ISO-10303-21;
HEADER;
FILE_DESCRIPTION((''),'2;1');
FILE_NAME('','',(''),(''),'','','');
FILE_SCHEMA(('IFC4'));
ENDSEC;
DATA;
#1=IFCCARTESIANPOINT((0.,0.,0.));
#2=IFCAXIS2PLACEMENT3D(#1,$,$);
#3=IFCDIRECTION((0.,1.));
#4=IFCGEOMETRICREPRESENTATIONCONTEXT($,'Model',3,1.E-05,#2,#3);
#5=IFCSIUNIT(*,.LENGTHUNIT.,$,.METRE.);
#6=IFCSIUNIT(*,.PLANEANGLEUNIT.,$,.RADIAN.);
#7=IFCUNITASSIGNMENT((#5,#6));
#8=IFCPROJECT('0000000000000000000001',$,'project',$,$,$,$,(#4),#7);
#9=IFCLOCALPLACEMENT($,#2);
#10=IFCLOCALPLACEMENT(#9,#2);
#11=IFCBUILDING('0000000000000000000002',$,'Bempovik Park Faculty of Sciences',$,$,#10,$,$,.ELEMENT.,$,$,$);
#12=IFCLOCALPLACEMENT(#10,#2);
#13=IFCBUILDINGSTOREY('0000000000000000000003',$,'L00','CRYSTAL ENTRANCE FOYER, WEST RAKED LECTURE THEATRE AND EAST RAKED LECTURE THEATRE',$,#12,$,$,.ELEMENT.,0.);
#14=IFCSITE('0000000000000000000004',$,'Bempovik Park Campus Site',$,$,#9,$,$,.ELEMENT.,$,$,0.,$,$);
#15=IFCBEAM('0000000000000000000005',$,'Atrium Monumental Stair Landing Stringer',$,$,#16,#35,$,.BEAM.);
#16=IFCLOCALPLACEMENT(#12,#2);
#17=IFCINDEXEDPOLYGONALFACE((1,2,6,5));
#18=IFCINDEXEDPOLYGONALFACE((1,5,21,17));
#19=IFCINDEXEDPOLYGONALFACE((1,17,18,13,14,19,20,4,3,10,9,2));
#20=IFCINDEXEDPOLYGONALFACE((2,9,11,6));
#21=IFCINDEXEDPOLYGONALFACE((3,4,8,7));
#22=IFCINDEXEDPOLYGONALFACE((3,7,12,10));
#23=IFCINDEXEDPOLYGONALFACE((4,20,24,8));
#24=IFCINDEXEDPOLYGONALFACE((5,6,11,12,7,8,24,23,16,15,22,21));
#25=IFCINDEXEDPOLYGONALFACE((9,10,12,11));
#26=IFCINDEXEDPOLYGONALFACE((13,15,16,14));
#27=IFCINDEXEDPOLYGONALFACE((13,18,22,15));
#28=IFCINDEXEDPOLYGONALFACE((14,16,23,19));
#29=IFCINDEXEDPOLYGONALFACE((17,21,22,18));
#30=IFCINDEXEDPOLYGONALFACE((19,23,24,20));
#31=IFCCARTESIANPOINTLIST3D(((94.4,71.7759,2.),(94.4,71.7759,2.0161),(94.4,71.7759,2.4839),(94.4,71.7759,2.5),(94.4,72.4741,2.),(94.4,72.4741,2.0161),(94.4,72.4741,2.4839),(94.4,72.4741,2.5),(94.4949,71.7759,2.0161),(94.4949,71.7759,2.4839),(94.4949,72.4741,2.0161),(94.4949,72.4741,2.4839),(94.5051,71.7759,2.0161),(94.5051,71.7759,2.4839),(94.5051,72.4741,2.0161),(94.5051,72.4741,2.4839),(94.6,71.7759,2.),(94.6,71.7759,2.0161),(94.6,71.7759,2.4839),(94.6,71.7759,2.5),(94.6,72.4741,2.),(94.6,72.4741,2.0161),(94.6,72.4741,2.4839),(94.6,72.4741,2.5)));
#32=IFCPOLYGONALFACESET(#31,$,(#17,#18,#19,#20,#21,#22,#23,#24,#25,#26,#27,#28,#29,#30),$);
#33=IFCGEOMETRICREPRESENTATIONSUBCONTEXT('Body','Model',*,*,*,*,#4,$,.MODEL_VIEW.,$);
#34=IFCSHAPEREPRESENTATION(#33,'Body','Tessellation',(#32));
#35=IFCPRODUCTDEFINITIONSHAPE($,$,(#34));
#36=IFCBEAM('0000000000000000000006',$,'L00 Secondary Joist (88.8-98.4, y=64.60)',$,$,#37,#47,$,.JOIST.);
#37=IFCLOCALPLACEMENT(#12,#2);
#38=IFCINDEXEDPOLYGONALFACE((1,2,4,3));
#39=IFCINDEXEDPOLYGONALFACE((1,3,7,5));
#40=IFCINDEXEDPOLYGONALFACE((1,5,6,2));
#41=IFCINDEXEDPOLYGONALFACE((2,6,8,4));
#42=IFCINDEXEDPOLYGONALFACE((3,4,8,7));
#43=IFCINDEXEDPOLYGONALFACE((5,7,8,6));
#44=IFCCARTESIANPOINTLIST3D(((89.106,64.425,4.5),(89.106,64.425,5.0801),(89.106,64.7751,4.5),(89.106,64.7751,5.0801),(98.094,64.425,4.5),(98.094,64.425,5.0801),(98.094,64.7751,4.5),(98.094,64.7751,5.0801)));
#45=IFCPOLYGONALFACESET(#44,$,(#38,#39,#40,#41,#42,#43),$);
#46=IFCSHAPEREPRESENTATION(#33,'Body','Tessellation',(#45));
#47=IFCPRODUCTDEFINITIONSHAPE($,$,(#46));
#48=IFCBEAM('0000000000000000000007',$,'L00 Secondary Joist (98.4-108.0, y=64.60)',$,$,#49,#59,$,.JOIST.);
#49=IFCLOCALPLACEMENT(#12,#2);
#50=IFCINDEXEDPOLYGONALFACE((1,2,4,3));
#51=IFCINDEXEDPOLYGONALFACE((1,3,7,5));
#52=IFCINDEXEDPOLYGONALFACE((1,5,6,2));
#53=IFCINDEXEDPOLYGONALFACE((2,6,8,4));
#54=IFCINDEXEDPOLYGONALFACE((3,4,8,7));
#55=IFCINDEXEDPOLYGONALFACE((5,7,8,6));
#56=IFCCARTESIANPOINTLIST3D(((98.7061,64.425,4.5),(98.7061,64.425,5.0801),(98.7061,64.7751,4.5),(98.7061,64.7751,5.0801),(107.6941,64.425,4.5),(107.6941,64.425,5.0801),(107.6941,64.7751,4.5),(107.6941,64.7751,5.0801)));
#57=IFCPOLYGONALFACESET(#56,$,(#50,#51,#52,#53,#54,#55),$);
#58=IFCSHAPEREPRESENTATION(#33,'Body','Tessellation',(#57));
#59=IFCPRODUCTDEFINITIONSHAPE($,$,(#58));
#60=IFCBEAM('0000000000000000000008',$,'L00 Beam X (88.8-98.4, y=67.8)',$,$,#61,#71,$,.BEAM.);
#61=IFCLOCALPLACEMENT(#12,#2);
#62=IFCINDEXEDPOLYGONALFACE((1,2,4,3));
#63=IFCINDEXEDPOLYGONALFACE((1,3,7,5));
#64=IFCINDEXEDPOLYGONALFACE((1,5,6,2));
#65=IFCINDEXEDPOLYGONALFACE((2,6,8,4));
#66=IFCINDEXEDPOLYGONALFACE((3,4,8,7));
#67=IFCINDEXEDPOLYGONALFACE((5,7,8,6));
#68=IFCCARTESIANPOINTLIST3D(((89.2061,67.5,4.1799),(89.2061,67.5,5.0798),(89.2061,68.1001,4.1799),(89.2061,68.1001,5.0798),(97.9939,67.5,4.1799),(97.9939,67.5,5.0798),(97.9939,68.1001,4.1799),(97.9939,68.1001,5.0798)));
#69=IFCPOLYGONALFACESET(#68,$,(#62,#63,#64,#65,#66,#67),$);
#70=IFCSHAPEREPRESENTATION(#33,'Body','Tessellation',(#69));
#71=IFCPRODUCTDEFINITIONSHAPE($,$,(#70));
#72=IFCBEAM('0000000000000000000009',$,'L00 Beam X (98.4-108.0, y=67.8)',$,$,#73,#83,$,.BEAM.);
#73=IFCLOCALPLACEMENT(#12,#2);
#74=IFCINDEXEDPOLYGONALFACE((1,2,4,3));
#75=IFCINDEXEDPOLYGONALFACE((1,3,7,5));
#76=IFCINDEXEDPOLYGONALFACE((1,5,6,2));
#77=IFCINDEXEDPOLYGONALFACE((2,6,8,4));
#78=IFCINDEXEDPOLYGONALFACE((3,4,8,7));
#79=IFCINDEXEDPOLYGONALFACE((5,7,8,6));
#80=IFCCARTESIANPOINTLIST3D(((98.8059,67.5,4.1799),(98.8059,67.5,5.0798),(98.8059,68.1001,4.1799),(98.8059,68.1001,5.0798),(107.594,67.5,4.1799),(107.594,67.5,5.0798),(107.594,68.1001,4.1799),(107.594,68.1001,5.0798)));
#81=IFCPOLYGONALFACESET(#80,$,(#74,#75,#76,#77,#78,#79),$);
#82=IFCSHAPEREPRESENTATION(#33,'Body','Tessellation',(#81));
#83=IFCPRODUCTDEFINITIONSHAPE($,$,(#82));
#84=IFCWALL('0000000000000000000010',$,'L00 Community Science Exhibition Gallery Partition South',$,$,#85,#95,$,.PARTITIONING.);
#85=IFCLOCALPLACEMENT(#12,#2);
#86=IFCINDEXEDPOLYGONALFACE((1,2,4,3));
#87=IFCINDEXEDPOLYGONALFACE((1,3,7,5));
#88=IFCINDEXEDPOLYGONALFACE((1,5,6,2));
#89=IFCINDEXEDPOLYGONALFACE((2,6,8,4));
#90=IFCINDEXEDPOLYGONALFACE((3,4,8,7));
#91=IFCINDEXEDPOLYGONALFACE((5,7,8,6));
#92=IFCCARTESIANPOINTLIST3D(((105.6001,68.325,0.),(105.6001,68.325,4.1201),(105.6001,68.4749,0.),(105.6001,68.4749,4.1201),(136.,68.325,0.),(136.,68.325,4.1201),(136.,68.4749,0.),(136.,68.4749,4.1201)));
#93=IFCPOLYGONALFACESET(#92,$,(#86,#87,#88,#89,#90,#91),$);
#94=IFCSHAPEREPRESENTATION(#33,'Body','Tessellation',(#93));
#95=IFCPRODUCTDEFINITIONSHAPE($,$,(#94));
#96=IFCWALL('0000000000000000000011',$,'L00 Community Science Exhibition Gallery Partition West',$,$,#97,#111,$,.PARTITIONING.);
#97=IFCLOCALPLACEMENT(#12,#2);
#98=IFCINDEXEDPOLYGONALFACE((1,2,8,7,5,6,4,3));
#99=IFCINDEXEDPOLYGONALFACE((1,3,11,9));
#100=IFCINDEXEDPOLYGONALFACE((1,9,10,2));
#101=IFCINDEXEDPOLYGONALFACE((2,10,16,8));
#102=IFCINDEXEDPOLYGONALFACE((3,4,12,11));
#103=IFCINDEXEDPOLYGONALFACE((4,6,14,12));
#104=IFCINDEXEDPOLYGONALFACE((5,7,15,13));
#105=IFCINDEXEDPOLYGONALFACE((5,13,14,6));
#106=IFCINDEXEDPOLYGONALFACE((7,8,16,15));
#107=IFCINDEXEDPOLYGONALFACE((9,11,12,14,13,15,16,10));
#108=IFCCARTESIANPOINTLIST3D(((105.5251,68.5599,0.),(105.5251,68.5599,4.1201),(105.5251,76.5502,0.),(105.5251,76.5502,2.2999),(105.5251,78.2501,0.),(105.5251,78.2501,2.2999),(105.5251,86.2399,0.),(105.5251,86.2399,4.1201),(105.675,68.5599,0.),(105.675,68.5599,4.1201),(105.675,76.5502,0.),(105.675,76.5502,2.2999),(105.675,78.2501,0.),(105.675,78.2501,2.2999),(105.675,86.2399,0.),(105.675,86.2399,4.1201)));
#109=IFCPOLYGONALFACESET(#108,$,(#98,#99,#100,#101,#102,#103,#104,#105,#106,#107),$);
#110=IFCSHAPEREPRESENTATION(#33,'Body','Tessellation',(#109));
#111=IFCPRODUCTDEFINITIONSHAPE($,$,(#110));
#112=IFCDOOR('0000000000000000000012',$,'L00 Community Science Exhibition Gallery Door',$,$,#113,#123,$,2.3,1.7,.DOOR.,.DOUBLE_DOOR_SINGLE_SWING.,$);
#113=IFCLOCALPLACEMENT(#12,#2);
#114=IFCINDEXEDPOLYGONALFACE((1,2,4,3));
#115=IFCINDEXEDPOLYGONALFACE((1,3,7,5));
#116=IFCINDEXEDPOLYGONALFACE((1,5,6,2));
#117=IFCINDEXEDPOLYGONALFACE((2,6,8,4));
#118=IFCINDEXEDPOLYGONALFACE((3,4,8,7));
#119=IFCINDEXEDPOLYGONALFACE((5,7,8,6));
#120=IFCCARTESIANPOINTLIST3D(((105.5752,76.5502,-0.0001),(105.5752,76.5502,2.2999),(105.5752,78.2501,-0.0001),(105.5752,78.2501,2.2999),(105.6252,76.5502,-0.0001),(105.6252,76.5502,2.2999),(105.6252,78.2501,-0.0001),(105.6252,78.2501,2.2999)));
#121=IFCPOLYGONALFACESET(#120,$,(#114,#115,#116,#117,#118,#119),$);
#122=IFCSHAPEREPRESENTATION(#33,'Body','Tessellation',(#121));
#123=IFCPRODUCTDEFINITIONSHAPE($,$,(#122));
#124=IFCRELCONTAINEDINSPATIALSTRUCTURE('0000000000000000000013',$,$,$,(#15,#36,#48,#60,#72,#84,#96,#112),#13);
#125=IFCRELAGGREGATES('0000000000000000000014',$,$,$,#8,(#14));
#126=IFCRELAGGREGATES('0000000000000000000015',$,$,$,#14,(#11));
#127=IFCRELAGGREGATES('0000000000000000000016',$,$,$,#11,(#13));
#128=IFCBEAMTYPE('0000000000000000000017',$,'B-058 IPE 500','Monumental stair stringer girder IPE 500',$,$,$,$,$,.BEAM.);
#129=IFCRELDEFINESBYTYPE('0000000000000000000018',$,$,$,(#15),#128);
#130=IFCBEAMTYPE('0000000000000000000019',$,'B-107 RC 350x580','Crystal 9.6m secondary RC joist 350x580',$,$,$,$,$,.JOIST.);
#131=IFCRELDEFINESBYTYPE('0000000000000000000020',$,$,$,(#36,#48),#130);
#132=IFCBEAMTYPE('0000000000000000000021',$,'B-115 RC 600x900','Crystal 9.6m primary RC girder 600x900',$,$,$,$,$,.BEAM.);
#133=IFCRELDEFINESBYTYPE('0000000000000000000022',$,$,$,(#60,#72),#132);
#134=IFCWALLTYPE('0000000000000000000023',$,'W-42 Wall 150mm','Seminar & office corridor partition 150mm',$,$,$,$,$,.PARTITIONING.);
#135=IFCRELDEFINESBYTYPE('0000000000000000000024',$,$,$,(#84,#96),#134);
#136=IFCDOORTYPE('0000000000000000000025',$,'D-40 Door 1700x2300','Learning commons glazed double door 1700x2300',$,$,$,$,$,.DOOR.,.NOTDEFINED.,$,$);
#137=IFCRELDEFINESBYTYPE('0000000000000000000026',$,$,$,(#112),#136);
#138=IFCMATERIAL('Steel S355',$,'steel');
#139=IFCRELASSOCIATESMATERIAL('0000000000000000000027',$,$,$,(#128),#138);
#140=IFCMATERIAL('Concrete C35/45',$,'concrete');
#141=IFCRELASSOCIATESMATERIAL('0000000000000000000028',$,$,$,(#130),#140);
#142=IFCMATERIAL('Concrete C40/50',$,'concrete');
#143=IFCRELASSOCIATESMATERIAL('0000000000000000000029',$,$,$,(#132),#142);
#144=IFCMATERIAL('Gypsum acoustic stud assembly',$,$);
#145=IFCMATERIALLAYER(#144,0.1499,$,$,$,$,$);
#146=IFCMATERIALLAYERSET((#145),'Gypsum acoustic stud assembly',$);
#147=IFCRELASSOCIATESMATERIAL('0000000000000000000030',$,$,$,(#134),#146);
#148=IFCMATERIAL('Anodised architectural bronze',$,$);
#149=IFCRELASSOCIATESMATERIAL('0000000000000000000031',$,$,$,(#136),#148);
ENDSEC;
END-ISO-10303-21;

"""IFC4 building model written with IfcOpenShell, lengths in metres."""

from ifc_helpers import new_model, si_unit, direction, frame, frame_2d, origin, origin_2d, place, context, subcontext, project, spatial, rectangle, i_section, extrude, material, layer, layer_set, material_profile, profile_set, type_object, element, fill, save


model = new_model("IFC4")

# Units and contexts
model_context = context("Model", 3, precision=1e-05, world=origin(), true_north=direction((0.0, 1.0)))
body_context = subcontext(model_context, "Body", "Model", "MODEL_VIEW")
ifc_project = project(units=[si_unit("LENGTHUNIT", "METRE"), si_unit("PLANEANGLEUNIT", "RADIAN")], contexts=[model_context])

# Site, building, storey
site_placement = place(None, origin())
site = spatial("IfcSite", under=ifc_project, at=site_placement, Name="Bempovik Park Campus Site", CompositionType="ELEMENT", RefElevation=0.0)
building_placement = place(site_placement, origin())
building = spatial("IfcBuilding", under=site, at=building_placement, Name="Bempovik Park Faculty of Sciences", CompositionType="ELEMENT")
storey_placement = place(building_placement, origin())
storey = spatial("IfcBuildingStorey", under=building, at=storey_placement, Name="L00", Description="CRYSTAL ENTRANCE FOYER, WEST RAKED LECTURE THEATRE AND EAST RAKED LECTURE THEATRE", CompositionType="ELEMENT", Elevation=0.0)

# Shared definitions
ifc_material_1 = material(Name="Concrete C35/45", Category="concrete")

# Shared definitions
ifc_material_2 = material(Name="Concrete C40/50", Category="concrete")

# Beams
ifc_material_3 = material(Name="Steel S355", Category="steel")
ifc_material_profile_1 = material_profile(ifc_material_3, i_section(OverallWidth=0.2, OverallDepth=0.5, WebThickness=0.0103, FlangeThickness=0.0161, at=origin_2d()), Name="IPE 500")
ifc_profile_set_1 = profile_set([ifc_material_profile_1], Name="Steel S355")
beam_type_1 = type_object("IfcBeamType", Name="B-058 IPE 500", Description="Monumental stair stringer girder IPE 500", PredefinedType="BEAM", material=ifc_profile_set_1)
beam_1_placement = place(storey_placement, frame((94.5, 71.7759, 2.25), z_axis=(0.0, 1.0, 0.0), x_axis=(-1.0, 0.0, 0.0)))
element("IfcBeam", 1, at=beam_1_placement, inside=storey, type_object=beam_type_1, Name="Atrium Monumental Stair Landing Stringer", PredefinedType="BEAM", context=body_context, shape_type="SweptSolid", body=[
    extrude(i_section(OverallWidth=0.2, OverallDepth=0.5, WebThickness=0.0103, FlangeThickness=0.0161, at=origin_2d()), origin(), (0.0, 0.0, 1.0), 0.6982),
])
ifc_material_profile_2 = material_profile(ifc_material_1, rectangle(XDim=0.3501, YDim=0.5801, at=origin_2d()), Name="RC 350x580")
ifc_profile_set_2 = profile_set([ifc_material_profile_2], Name="Concrete C35/45")
beam_type_2 = type_object("IfcBeamType", Name="B-107 RC 350x580", Description="Crystal 9.6m secondary RC joist 350x580", PredefinedType="JOIST", material=ifc_profile_set_2)
for number, where, z_axis, x_axis, name in (
    (2, (89.106, 64.6001, 4.79), (1.0, 0.0, 0.0), (0.0, 1.0, 0.0), "L00 Secondary Joist (88.8-98.4, y=64.60)"),
    (3, (98.7061, 64.6001, 4.79), (1.0, 0.0, 0.0), (0.0, 1.0, 0.0), "L00 Secondary Joist (98.4-108.0, y=64.60)"),
):
    element("IfcBeam", number, at=place(storey_placement, frame(where, z_axis=z_axis, x_axis=x_axis)), inside=storey, type_object=beam_type_2, Name=name, PredefinedType="JOIST", context=body_context, shape_type="SweptSolid", body=[
        extrude(rectangle(XDim=0.3501, YDim=0.5801, at=origin_2d()), origin(), (0.0, 0.0, 1.0), 8.988),
    ])
ifc_material_profile_3 = material_profile(ifc_material_2, rectangle(XDim=0.6001, YDim=0.8999, at=origin_2d()), Name="RC 600x900")
ifc_profile_set_3 = profile_set([ifc_material_profile_3], Name="Concrete C40/50")
beam_type_3 = type_object("IfcBeamType", Name="B-115 RC 600x900", Description="Crystal 9.6m primary RC girder 600x900", PredefinedType="BEAM", material=ifc_profile_set_3)
beam_2_placement = place(storey_placement, frame((89.2061, 67.8, 4.6299), z_axis=(1.0, 0.0, 0.0), x_axis=(0.0, 1.0, 0.0)))
element("IfcBeam", 4, at=beam_2_placement, inside=storey, type_object=beam_type_3, Name="L00 Beam X (88.8-98.4, y=67.8)", PredefinedType="BEAM", context=body_context, shape_type="SweptSolid", body=[
    extrude(rectangle(XDim=0.6001, YDim=0.8999, at=origin_2d()), origin(), (0.0, 0.0, 1.0), 8.7878),
])
beam_3_placement = place(storey_placement, frame((98.8059, 67.8, 4.6299), z_axis=(1.0, 0.0, 0.0), x_axis=(0.0, 1.0, 0.0)))
element("IfcBeam", 5, at=beam_3_placement, inside=storey, type_object=beam_type_3, Name="L00 Beam X (98.4-108.0, y=67.8)", PredefinedType="BEAM", context=body_context, shape_type="SweptSolid", body=[
    extrude(rectangle(XDim=0.6001, YDim=0.8999, at=origin_2d()), origin(), (0.0, 0.0, 1.0), 8.7881),
])

# Wall
ifc_material_4 = material(Name="Gypsum acoustic stud assembly")
ifc_layer = layer(ifc_material_4, 0.1499)
ifc_layer_set = layer_set([ifc_layer], Name="Gypsum acoustic stud assembly")
wall_type = type_object("IfcWallType", Name="W-42 Wall 150mm", Description="Seminar & office corridor partition 150mm", PredefinedType="PARTITIONING", material=ifc_layer_set)
wall_1_placement = place(storey_placement, frame((105.6001, 68.3999, 0.0), z_axis=(0.0, 0.0, 1.0), x_axis=(1.0, 0.0, 0.0)))
element("IfcWall", 6, at=wall_1_placement, inside=storey, type_object=wall_type, Name="L00 Community Science Exhibition Gallery Partition South", PredefinedType="PARTITIONING", context=body_context, shape_type="SweptSolid", body=[
    extrude(rectangle(XDim=30.3999, YDim=0.1499, at=frame_2d((15.2, 0.0))), origin(), (0.0, 0.0, 1.0), 4.1201),
])

# Wall, opening, door
wall_2_placement = place(storey_placement, frame((105.6001, 68.5601, 0.0), z_axis=(0.0, 0.0, 1.0), x_axis=(0.0, 1.0, 0.0)))
wall_2 = element("IfcWall", 7, at=wall_2_placement, inside=storey, type_object=wall_type, Name="L00 Community Science Exhibition Gallery Partition West", PredefinedType="PARTITIONING", context=body_context, shape_type="SweptSolid", body=[
    extrude(rectangle(XDim=17.6799, YDim=0.1499, at=frame_2d((8.8398, 0.0))), origin(), (0.0, 0.0, 1.0), 4.1201),
])
opening_placement = place(wall_2_placement, frame((7.99, 0.0, 0.0)))
opening = element("IfcOpeningElement", 8, at=opening_placement, cuts=wall_2, PredefinedType="OPENING", context=body_context, shape_type="SweptSolid", body=[
    extrude(rectangle(XDim=1.7, YDim=2.3, at=frame_2d((0.8501, 1.1499))), frame((0.0, 0.085, 0.0), z_axis=(0.0, -1.0, 0.0), x_axis=(1.0, 0.0, 0.0)), (0.0, 0.0, 1.0), 0.1699),
])
ifc_material_5 = material(Name="Anodised architectural bronze")
door_type = type_object("IfcDoorType", Name="D-40 Door 1700x2300", Description="Learning commons glazed double door 1700x2300", OperationType="NOTDEFINED", PredefinedType="DOOR", material=ifc_material_5)
door_placement = place(opening_placement, origin())
door = element("IfcDoor", 9, at=door_placement, inside=storey, type_object=door_type, Name="L00 Community Science Exhibition Gallery Door", OperationType="DOUBLE_DOOR_SINGLE_SWING", OverallHeight=2.3, OverallWidth=1.7, PredefinedType="DOOR", context=body_context, shape_type="SweptSolid", body=[
    extrude(rectangle(XDim=1.7, YDim=2.3, at=frame_2d((0.8501, 1.1499))), frame((0.0, 0.0249, 0.0), z_axis=(0.0, -1.0, 0.0), x_axis=(1.0, 0.0, 0.0)), (0.0, 0.0, 1.0), 0.05),
])
fill(opening, door)

save(model, "model.ifc")
